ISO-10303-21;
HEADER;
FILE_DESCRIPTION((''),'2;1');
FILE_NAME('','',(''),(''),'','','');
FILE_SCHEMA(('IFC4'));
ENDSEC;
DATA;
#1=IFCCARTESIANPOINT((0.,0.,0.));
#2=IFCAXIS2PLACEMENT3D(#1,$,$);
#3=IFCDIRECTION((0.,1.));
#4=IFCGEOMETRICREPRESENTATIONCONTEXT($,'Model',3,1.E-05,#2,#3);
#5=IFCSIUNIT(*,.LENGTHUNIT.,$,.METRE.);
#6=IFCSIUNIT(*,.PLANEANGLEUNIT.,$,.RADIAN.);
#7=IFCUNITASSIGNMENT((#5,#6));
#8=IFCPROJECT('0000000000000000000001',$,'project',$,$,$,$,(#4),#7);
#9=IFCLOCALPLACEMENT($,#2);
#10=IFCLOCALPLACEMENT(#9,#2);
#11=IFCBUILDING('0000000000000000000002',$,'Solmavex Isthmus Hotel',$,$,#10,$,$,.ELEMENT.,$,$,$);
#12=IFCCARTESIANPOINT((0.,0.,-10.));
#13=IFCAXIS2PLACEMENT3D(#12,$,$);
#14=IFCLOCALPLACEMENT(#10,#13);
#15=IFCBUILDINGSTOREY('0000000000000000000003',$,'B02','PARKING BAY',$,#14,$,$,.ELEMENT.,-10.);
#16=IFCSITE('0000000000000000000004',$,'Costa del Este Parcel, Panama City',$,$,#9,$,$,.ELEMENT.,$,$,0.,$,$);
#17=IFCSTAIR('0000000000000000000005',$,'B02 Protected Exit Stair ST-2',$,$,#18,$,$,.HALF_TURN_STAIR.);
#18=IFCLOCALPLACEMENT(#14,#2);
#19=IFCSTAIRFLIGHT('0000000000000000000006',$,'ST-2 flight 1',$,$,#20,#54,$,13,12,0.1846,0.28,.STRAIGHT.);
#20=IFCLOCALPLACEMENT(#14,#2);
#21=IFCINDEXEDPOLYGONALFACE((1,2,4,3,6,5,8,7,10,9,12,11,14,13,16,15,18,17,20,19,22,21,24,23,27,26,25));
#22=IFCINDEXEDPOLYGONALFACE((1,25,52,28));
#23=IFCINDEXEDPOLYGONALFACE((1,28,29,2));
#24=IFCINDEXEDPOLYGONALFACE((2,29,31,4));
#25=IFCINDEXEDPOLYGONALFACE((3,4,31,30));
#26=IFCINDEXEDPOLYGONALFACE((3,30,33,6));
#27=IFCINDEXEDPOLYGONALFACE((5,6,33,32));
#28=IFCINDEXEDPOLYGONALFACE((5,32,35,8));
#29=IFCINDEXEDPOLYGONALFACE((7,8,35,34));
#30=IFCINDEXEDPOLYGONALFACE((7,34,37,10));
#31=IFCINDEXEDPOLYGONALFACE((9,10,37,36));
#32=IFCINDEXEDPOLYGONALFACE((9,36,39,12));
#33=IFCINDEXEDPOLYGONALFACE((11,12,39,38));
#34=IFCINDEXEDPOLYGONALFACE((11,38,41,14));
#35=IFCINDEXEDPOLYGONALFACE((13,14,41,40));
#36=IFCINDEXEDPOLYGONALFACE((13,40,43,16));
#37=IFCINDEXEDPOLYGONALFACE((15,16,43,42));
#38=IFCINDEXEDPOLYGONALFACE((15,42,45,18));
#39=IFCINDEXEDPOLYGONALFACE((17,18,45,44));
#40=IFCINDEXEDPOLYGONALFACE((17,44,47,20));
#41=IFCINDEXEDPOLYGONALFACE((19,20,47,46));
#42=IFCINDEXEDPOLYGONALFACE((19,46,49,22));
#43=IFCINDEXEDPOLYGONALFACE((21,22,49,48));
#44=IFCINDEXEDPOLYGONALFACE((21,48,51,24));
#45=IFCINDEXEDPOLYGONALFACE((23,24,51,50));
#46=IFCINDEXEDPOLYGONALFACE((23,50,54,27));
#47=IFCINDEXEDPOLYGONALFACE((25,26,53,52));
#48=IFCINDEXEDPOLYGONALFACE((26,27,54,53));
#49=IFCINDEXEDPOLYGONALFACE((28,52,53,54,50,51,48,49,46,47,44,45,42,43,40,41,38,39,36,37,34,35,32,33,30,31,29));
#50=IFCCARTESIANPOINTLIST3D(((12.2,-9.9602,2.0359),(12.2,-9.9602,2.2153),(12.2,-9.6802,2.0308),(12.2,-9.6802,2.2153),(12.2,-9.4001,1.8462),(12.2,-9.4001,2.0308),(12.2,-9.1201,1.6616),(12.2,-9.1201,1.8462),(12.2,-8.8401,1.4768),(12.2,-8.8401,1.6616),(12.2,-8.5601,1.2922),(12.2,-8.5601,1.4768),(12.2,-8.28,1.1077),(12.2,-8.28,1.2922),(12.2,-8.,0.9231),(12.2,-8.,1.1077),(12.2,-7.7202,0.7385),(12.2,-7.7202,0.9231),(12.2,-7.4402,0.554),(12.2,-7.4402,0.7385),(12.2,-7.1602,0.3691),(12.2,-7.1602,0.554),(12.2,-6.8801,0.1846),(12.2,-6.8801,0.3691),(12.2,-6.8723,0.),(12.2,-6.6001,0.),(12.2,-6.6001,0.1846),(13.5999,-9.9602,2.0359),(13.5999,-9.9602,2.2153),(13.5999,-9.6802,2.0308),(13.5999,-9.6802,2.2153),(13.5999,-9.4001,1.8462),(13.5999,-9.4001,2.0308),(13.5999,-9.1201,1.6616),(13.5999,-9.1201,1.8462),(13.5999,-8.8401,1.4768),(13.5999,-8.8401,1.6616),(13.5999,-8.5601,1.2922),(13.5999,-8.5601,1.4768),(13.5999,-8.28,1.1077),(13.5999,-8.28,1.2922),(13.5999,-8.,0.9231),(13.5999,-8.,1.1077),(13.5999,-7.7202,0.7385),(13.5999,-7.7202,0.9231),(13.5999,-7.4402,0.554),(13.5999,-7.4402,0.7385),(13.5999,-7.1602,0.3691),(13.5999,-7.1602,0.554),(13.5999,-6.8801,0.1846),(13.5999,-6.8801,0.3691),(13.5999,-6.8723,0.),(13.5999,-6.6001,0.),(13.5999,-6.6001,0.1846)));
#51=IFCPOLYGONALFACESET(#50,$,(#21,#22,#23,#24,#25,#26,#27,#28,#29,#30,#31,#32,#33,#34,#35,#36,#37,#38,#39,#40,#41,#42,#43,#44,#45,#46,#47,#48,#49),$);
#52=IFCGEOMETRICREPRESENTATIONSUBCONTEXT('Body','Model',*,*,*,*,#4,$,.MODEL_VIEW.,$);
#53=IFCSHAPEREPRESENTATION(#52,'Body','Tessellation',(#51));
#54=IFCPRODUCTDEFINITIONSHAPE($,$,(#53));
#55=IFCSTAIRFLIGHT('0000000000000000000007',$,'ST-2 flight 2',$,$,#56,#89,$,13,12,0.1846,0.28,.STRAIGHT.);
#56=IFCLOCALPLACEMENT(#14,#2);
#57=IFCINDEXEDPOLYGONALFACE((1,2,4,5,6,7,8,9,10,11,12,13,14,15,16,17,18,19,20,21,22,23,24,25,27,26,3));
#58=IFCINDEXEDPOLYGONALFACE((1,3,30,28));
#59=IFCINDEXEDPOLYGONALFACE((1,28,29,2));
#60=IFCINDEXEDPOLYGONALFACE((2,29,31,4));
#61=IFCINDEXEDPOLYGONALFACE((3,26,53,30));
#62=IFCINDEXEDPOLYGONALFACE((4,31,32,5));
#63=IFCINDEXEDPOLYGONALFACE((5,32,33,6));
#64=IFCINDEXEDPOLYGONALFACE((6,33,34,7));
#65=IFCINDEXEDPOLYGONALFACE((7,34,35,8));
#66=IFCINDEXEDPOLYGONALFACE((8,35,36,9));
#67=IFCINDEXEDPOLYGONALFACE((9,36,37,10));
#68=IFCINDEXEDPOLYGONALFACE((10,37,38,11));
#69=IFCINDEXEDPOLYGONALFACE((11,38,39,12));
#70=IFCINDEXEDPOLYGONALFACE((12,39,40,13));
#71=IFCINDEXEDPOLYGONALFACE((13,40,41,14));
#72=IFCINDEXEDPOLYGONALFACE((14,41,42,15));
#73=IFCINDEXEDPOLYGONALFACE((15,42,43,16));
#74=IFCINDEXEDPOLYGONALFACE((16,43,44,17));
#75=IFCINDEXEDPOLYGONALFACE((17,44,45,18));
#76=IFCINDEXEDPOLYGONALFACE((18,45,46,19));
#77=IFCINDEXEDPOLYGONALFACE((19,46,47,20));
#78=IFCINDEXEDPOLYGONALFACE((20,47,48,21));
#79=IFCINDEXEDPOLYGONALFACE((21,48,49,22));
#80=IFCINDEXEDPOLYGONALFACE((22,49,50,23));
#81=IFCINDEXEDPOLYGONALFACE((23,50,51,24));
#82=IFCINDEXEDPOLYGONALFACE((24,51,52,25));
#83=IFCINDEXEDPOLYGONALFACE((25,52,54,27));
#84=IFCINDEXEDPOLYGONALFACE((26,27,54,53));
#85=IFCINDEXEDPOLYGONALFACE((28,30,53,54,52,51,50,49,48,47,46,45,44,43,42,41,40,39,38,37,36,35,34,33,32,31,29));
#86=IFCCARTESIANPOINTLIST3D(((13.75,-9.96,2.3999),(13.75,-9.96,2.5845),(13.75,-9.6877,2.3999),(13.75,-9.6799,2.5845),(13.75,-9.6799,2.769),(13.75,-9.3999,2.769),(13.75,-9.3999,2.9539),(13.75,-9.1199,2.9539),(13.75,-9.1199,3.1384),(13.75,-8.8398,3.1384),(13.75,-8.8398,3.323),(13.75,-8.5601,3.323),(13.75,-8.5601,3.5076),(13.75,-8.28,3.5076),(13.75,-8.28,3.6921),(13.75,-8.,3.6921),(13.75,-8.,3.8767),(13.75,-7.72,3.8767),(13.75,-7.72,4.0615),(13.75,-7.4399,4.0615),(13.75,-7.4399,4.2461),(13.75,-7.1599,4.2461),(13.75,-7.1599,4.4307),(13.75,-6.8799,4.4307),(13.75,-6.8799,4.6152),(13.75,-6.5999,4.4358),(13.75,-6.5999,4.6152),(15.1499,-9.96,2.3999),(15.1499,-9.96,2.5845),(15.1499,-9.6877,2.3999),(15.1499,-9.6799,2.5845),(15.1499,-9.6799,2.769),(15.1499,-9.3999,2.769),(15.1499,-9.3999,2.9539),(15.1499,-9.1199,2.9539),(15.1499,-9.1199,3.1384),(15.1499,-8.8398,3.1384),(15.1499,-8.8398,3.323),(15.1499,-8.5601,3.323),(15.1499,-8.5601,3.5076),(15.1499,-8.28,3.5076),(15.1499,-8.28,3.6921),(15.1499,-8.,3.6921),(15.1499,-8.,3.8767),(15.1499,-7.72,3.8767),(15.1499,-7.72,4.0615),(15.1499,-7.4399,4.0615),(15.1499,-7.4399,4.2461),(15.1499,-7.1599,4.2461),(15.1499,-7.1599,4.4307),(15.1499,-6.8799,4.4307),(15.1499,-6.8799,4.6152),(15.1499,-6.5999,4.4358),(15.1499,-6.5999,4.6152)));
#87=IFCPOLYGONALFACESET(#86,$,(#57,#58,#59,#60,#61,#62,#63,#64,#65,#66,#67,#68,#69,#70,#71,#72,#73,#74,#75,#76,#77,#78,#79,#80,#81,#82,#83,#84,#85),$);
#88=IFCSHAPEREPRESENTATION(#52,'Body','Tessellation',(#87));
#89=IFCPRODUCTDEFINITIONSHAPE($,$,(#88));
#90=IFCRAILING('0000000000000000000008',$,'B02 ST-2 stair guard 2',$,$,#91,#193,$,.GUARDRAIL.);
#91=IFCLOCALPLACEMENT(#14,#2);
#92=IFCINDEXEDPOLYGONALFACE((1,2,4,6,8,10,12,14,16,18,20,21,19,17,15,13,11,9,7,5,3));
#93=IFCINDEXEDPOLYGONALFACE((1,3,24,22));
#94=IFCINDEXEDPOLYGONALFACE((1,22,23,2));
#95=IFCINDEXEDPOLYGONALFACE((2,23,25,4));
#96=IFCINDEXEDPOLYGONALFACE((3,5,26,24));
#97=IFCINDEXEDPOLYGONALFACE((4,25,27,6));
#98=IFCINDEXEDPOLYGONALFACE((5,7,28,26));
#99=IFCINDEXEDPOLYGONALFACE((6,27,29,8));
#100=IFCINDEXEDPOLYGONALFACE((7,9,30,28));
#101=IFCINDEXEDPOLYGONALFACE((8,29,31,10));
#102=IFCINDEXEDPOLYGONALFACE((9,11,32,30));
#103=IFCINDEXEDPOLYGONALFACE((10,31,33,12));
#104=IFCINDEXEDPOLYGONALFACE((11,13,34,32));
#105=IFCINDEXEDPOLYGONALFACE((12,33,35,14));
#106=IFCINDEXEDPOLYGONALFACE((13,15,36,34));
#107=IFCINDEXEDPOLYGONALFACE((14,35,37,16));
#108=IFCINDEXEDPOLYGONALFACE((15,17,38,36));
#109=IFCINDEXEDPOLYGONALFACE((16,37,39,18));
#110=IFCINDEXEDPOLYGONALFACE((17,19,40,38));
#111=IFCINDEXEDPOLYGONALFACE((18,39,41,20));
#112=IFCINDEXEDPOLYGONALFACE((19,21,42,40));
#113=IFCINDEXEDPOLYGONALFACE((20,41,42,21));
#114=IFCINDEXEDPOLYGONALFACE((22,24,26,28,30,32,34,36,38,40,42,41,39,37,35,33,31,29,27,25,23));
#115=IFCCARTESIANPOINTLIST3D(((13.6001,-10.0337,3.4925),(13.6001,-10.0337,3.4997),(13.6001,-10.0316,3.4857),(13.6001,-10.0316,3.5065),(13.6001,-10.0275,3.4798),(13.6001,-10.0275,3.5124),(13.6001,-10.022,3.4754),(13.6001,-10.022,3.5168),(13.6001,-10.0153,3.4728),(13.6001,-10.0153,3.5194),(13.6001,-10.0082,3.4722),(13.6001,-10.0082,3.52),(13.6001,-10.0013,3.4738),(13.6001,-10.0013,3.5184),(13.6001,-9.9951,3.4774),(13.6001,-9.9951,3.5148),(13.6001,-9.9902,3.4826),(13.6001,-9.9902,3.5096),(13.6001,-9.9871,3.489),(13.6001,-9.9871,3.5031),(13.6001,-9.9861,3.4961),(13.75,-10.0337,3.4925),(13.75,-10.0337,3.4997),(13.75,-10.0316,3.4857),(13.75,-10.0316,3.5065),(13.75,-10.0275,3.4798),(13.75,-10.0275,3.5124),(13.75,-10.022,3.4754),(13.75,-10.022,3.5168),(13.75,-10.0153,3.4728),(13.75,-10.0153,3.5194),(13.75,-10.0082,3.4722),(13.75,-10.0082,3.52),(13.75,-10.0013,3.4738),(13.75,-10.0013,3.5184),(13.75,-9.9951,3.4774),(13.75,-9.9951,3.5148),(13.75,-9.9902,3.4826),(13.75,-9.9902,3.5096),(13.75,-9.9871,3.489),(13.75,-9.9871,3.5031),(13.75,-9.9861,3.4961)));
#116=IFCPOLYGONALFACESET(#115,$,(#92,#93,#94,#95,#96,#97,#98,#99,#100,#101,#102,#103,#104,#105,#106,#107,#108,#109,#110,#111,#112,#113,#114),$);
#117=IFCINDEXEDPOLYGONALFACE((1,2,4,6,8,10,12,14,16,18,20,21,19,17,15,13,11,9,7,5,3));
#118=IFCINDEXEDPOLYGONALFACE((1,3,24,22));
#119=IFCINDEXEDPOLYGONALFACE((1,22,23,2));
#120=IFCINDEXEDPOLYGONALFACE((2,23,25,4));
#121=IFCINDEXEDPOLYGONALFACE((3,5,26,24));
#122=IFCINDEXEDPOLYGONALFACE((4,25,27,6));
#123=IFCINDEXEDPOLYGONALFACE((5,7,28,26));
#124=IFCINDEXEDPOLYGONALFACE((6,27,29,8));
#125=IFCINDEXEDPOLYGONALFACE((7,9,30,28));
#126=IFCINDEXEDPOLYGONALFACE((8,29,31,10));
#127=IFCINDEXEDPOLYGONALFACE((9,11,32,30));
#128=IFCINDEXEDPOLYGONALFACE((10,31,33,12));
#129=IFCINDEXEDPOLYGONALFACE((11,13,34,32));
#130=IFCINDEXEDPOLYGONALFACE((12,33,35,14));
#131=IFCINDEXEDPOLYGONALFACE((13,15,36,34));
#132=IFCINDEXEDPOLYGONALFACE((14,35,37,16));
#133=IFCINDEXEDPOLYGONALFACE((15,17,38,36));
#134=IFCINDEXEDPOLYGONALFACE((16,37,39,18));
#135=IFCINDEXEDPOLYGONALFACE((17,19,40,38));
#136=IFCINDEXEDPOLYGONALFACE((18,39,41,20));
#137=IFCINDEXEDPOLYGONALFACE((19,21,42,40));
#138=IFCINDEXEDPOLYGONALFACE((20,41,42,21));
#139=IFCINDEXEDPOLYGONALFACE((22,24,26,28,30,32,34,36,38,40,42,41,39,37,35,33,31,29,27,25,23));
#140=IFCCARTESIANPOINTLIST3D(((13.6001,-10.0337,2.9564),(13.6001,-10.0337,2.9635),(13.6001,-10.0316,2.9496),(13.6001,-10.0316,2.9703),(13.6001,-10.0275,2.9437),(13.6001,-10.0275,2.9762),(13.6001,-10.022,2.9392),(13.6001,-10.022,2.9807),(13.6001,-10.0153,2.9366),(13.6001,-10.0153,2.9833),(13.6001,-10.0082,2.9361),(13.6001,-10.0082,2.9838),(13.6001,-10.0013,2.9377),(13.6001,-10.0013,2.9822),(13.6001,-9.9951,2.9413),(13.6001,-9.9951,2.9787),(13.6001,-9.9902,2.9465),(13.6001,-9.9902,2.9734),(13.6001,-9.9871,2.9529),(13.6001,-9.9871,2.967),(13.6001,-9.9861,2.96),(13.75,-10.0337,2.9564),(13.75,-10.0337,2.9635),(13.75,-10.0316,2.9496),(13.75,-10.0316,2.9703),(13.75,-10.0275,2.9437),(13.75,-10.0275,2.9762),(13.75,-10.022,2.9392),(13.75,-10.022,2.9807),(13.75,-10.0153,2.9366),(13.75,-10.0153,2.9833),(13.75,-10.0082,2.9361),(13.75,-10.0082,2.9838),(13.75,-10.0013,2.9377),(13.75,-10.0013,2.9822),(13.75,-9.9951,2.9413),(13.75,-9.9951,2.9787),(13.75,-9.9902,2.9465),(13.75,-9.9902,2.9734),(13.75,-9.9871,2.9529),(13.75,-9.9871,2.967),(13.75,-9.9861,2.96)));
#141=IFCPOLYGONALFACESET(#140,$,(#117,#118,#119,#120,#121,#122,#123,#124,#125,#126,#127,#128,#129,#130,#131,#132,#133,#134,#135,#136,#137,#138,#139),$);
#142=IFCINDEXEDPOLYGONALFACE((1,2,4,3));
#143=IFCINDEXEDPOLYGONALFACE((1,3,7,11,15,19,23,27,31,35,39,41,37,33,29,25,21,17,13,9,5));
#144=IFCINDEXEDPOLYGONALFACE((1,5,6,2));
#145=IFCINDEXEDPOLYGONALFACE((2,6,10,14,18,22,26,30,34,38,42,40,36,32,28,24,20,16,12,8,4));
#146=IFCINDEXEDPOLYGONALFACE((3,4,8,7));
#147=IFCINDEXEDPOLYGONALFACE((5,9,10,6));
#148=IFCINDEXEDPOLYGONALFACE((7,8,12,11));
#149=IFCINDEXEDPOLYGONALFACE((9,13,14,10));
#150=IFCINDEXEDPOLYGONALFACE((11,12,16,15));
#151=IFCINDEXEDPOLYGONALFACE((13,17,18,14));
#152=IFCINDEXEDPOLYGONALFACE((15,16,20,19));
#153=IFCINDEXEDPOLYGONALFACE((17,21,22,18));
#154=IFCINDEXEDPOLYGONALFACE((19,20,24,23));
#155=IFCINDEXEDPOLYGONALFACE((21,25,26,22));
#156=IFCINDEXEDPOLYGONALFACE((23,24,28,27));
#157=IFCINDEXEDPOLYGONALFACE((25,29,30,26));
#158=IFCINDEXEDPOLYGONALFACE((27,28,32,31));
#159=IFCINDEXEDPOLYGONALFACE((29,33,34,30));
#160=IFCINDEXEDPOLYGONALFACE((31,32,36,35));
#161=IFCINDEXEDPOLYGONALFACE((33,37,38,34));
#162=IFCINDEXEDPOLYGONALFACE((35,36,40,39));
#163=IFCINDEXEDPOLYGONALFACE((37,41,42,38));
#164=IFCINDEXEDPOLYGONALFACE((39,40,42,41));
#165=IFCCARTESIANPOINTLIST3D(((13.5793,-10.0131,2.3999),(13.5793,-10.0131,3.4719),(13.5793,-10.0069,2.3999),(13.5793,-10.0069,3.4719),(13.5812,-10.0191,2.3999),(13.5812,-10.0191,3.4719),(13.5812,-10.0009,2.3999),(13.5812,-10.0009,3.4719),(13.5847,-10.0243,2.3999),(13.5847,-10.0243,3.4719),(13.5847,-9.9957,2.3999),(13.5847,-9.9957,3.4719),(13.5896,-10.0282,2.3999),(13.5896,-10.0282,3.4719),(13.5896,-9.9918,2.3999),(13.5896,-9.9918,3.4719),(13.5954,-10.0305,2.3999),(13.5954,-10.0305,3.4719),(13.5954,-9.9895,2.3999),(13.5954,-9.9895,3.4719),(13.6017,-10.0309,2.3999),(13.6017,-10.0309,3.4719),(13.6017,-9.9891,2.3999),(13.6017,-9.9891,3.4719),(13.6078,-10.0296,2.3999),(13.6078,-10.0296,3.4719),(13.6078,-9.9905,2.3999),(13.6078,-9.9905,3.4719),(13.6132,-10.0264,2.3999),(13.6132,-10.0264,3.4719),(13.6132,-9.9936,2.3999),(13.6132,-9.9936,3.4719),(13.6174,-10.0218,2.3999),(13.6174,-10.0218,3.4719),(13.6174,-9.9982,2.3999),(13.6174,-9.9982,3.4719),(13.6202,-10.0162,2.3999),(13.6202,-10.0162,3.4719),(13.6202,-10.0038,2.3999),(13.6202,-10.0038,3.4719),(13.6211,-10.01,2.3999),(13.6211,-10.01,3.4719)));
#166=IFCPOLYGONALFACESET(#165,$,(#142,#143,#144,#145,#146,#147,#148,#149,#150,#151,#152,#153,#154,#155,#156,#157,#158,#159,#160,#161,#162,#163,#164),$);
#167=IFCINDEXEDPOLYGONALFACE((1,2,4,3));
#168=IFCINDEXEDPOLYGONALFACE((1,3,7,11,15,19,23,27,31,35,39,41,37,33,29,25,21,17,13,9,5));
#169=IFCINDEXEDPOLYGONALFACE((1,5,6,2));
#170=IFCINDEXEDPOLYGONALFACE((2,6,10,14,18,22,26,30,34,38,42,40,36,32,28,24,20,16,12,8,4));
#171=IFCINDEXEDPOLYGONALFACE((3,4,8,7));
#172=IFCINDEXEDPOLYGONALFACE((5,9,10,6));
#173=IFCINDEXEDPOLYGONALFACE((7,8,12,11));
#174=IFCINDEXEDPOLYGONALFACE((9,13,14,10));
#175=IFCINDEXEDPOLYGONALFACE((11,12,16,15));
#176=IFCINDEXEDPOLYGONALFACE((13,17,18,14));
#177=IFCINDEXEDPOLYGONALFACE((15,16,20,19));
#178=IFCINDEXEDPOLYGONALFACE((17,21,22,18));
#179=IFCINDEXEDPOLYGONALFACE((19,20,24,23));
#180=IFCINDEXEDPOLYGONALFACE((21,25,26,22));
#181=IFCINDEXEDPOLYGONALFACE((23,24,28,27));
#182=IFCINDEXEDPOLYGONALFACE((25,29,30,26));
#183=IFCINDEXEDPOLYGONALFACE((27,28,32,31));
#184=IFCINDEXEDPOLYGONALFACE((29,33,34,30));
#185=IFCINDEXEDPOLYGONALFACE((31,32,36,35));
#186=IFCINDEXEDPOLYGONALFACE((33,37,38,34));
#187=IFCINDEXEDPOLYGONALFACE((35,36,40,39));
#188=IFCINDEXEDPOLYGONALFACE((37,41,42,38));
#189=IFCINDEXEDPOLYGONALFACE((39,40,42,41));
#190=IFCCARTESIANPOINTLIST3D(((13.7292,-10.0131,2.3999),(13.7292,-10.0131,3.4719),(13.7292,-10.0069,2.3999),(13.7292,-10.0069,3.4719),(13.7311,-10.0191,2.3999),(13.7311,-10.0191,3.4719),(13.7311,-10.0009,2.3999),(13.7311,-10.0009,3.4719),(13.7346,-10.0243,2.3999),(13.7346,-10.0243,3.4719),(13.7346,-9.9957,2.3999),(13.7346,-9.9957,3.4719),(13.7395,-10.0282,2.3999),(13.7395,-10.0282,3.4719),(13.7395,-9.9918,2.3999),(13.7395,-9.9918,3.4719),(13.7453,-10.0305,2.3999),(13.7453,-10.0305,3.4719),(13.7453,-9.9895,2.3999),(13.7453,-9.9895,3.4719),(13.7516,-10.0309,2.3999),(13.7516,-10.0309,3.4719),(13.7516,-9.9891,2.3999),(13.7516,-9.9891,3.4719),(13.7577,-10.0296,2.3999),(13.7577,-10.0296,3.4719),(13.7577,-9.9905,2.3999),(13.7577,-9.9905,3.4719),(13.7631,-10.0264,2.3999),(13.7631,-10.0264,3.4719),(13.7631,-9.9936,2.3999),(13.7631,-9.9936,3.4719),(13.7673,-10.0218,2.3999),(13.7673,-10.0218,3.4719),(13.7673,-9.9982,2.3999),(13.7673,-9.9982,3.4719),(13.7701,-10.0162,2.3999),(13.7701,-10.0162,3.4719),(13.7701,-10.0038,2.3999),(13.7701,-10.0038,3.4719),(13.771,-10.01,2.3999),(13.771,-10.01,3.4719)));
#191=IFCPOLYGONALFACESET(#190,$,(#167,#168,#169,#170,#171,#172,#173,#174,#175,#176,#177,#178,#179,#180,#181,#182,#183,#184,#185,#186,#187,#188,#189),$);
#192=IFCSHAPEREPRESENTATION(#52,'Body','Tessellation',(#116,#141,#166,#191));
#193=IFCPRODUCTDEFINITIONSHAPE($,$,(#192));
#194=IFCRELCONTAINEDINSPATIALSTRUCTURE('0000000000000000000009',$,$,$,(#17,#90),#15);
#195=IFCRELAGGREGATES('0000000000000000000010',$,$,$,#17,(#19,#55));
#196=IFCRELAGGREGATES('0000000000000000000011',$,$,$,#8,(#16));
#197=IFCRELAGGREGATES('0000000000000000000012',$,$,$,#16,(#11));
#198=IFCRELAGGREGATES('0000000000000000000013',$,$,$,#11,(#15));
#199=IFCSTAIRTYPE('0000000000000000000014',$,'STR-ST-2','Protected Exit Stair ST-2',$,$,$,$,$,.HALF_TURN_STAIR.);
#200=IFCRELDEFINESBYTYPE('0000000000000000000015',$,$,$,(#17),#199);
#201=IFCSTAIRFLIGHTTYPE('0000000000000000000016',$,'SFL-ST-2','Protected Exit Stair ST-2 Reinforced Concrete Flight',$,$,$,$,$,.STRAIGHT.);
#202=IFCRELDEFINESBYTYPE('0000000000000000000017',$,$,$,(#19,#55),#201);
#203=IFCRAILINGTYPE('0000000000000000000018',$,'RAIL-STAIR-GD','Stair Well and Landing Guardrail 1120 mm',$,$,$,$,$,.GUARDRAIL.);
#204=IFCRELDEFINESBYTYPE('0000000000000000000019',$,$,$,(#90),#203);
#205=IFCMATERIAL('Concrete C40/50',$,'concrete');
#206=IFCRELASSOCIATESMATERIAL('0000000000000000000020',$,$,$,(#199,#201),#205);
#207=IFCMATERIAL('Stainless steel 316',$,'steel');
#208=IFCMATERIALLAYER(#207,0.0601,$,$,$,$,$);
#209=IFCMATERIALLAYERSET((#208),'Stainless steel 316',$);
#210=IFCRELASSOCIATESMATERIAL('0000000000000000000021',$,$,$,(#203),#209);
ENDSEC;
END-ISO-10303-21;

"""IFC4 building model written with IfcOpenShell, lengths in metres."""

from ifc_helpers import new_model, si_unit, direction, frame, origin, origin_2d, place, context, subcontext, project, spatial, polyline, circle, outline, extrude, material, layer, layer_set, type_object, element, aggregate, save


model = new_model("IFC4")

# Units and contexts
model_context = context("Model", 3, precision=1e-05, world=origin(), true_north=direction((0.0, 1.0)))
body_context = subcontext(model_context, "Body", "Model", "MODEL_VIEW")
ifc_project = project(units=[si_unit("LENGTHUNIT", "METRE"), si_unit("PLANEANGLEUNIT", "RADIAN")], contexts=[model_context])

# Site, building, storey
site_placement = place(None, origin())
site = spatial("IfcSite", under=ifc_project, at=site_placement, Name="Costa del Este Parcel, Panama City", CompositionType="ELEMENT", RefElevation=0.0)
building_placement = place(site_placement, origin())
building = spatial("IfcBuilding", under=site, at=building_placement, Name="Solmavex Isthmus Hotel", CompositionType="ELEMENT")
storey_placement = place(building_placement, frame((0.0, 0.0, -10.0)))
storey = spatial("IfcBuildingStorey", under=building, at=storey_placement, Name="B02", Description="PARKING BAY", CompositionType="ELEMENT", Elevation=-10.0)

# Shared definitions
ifc_material_1 = material(Name="Concrete C40/50", Category="concrete")

# Stair, stair flights
stair_type = type_object("IfcStairType", Name="STR-ST-2", Description="Protected Exit Stair ST-2", PredefinedType="HALF_TURN_STAIR", material=ifc_material_1)
stair_placement = place(storey_placement, origin())
stair = element("IfcStair", 1, at=stair_placement, inside=storey, type_object=stair_type, Name="B02 Protected Exit Stair ST-2", PredefinedType="HALF_TURN_STAIR")
stair_flight_type = type_object("IfcStairFlightType", Name="SFL-ST-2", Description="Protected Exit Stair ST-2 Reinforced Concrete Flight", PredefinedType="STRAIGHT", material=ifc_material_1)
stair_flight_1_placement = place(storey_placement, frame((12.8999, -6.6001, 0.0), z_axis=(0.0, 0.0, 1.0), x_axis=(0.0, -1.0, 0.0)))
stair_flight_1 = element("IfcStairFlight", 2, at=stair_flight_1_placement, type_object=stair_flight_type, Name="ST-2 flight 1", NumberOfRisers=13, NumberOfTreads=12, PredefinedType="STRAIGHT", RiserHeight=0.1846, TreadLength=0.28, context=body_context, shape_type="SweptSolid", body=[
    extrude(outline(polyline([(0.0, 0.0), (0.0, 0.1846), (0.28, 0.1846), (0.28, 0.3691), (0.5601, 0.3691), (0.5601, 0.554), (0.8401, 0.554), (0.8401, 0.7385), (1.1201, 0.7385), (1.1201, 0.9231), (1.3999, 0.9231), (1.3999, 1.1077), (1.6799, 1.1077), (1.6799, 1.2922), (1.96, 1.2922), (1.96, 1.4768), (2.24, 1.4768), (2.24, 1.6616), (2.52, 1.6616), (2.52, 1.8462), (2.8, 1.8462), (2.8, 2.0308), (3.0801, 2.0308), (3.0801, 2.2153), (3.3601, 2.2153), (3.3601, 2.3999), (3.3601, 2.0359), (0.2722, 0.0), (0.0, 0.0)])), frame((0.0, 0.7, 0.0), z_axis=(0.0, -1.0, 0.0), x_axis=(1.0, 0.0, 0.0)), (0.0, 0.0, 1.0), 1.3999),
])
stair_flight_2_placement = place(storey_placement, frame((14.45, -9.96, 2.3999), z_axis=(0.0, 0.0, 1.0), x_axis=(0.0, 1.0, 0.0)))
stair_flight_2 = element("IfcStairFlight", 3, at=stair_flight_2_placement, type_object=stair_flight_type, Name="ST-2 flight 2", NumberOfRisers=13, NumberOfTreads=12, PredefinedType="STRAIGHT", RiserHeight=0.1846, TreadLength=0.28, context=body_context, shape_type="SweptSolid", body=[
    extrude(outline(polyline([(0.0, 0.0), (0.0, 0.1846), (0.28, 0.1846), (0.28, 0.3691), (0.5601, 0.3691), (0.5601, 0.554), (0.8401, 0.554), (0.8401, 0.7385), (1.1201, 0.7385), (1.1201, 0.9231), (1.3999, 0.9231), (1.3999, 1.1077), (1.6799, 1.1077), (1.6799, 1.2922), (1.96, 1.2922), (1.96, 1.4768), (2.24, 1.4768), (2.24, 1.6616), (2.52, 1.6616), (2.52, 1.8462), (2.8, 1.8462), (2.8, 2.0308), (3.0801, 2.0308), (3.0801, 2.2153), (3.3601, 2.2153), (3.3601, 2.3999), (3.3601, 2.0359), (0.2722, 0.0), (0.0, 0.0)])), frame((0.0, 0.7, 0.0), z_axis=(0.0, -1.0, 0.0), x_axis=(1.0, 0.0, 0.0)), (0.0, 0.0, 1.0), 1.3999),
])
aggregate(stair, [stair_flight_1, stair_flight_2])

# Railing
ifc_material_2 = material(Name="Stainless steel 316", Category="steel")
ifc_layer_1 = layer(ifc_material_2, 0.0601)
ifc_layer_set_1 = layer_set([ifc_layer_1], Name="Stainless steel 316")
railing_type_1 = type_object("IfcRailingType", Name="RAIL-STAIR-GD", Description="Stair Well and Landing Guardrail 1120 mm", PredefinedType="GUARDRAIL", material=ifc_layer_set_1)
railing_1_placement = place(storey_placement, frame((13.6001, -10.01, 2.3999)))
element("IfcRailing", 4, at=railing_1_placement, inside=storey, type_object=railing_type_1, Name="B02 ST-2 stair guard 2", PredefinedType="GUARDRAIL", context=body_context, shape_type="SweptSolid", body=[
    extrude(circle(Radius=0.0239, at=origin_2d()), frame((0.0, 0.0, 1.0962), z_axis=(1.0, 0.0, 0.0), x_axis=(0.0, 1.0, 0.0)), (0.0, 0.0, 1.0), 0.1499),
    extrude(circle(Radius=0.0239, at=origin_2d()), frame((0.0, 0.0, 0.5601), z_axis=(1.0, 0.0, 0.0), x_axis=(0.0, 1.0, 0.0)), (0.0, 0.0, 1.0), 0.1499),
    extrude(circle(Radius=0.021, at=origin_2d()), origin(), (0.0, 0.0, 1.0), 1.072),
    extrude(circle(Radius=0.021, at=origin_2d()), frame((0.1499, 0.0, 0.0)), (0.0, 0.0, 1.0), 1.072),
])

save(model, "model.ifc")
